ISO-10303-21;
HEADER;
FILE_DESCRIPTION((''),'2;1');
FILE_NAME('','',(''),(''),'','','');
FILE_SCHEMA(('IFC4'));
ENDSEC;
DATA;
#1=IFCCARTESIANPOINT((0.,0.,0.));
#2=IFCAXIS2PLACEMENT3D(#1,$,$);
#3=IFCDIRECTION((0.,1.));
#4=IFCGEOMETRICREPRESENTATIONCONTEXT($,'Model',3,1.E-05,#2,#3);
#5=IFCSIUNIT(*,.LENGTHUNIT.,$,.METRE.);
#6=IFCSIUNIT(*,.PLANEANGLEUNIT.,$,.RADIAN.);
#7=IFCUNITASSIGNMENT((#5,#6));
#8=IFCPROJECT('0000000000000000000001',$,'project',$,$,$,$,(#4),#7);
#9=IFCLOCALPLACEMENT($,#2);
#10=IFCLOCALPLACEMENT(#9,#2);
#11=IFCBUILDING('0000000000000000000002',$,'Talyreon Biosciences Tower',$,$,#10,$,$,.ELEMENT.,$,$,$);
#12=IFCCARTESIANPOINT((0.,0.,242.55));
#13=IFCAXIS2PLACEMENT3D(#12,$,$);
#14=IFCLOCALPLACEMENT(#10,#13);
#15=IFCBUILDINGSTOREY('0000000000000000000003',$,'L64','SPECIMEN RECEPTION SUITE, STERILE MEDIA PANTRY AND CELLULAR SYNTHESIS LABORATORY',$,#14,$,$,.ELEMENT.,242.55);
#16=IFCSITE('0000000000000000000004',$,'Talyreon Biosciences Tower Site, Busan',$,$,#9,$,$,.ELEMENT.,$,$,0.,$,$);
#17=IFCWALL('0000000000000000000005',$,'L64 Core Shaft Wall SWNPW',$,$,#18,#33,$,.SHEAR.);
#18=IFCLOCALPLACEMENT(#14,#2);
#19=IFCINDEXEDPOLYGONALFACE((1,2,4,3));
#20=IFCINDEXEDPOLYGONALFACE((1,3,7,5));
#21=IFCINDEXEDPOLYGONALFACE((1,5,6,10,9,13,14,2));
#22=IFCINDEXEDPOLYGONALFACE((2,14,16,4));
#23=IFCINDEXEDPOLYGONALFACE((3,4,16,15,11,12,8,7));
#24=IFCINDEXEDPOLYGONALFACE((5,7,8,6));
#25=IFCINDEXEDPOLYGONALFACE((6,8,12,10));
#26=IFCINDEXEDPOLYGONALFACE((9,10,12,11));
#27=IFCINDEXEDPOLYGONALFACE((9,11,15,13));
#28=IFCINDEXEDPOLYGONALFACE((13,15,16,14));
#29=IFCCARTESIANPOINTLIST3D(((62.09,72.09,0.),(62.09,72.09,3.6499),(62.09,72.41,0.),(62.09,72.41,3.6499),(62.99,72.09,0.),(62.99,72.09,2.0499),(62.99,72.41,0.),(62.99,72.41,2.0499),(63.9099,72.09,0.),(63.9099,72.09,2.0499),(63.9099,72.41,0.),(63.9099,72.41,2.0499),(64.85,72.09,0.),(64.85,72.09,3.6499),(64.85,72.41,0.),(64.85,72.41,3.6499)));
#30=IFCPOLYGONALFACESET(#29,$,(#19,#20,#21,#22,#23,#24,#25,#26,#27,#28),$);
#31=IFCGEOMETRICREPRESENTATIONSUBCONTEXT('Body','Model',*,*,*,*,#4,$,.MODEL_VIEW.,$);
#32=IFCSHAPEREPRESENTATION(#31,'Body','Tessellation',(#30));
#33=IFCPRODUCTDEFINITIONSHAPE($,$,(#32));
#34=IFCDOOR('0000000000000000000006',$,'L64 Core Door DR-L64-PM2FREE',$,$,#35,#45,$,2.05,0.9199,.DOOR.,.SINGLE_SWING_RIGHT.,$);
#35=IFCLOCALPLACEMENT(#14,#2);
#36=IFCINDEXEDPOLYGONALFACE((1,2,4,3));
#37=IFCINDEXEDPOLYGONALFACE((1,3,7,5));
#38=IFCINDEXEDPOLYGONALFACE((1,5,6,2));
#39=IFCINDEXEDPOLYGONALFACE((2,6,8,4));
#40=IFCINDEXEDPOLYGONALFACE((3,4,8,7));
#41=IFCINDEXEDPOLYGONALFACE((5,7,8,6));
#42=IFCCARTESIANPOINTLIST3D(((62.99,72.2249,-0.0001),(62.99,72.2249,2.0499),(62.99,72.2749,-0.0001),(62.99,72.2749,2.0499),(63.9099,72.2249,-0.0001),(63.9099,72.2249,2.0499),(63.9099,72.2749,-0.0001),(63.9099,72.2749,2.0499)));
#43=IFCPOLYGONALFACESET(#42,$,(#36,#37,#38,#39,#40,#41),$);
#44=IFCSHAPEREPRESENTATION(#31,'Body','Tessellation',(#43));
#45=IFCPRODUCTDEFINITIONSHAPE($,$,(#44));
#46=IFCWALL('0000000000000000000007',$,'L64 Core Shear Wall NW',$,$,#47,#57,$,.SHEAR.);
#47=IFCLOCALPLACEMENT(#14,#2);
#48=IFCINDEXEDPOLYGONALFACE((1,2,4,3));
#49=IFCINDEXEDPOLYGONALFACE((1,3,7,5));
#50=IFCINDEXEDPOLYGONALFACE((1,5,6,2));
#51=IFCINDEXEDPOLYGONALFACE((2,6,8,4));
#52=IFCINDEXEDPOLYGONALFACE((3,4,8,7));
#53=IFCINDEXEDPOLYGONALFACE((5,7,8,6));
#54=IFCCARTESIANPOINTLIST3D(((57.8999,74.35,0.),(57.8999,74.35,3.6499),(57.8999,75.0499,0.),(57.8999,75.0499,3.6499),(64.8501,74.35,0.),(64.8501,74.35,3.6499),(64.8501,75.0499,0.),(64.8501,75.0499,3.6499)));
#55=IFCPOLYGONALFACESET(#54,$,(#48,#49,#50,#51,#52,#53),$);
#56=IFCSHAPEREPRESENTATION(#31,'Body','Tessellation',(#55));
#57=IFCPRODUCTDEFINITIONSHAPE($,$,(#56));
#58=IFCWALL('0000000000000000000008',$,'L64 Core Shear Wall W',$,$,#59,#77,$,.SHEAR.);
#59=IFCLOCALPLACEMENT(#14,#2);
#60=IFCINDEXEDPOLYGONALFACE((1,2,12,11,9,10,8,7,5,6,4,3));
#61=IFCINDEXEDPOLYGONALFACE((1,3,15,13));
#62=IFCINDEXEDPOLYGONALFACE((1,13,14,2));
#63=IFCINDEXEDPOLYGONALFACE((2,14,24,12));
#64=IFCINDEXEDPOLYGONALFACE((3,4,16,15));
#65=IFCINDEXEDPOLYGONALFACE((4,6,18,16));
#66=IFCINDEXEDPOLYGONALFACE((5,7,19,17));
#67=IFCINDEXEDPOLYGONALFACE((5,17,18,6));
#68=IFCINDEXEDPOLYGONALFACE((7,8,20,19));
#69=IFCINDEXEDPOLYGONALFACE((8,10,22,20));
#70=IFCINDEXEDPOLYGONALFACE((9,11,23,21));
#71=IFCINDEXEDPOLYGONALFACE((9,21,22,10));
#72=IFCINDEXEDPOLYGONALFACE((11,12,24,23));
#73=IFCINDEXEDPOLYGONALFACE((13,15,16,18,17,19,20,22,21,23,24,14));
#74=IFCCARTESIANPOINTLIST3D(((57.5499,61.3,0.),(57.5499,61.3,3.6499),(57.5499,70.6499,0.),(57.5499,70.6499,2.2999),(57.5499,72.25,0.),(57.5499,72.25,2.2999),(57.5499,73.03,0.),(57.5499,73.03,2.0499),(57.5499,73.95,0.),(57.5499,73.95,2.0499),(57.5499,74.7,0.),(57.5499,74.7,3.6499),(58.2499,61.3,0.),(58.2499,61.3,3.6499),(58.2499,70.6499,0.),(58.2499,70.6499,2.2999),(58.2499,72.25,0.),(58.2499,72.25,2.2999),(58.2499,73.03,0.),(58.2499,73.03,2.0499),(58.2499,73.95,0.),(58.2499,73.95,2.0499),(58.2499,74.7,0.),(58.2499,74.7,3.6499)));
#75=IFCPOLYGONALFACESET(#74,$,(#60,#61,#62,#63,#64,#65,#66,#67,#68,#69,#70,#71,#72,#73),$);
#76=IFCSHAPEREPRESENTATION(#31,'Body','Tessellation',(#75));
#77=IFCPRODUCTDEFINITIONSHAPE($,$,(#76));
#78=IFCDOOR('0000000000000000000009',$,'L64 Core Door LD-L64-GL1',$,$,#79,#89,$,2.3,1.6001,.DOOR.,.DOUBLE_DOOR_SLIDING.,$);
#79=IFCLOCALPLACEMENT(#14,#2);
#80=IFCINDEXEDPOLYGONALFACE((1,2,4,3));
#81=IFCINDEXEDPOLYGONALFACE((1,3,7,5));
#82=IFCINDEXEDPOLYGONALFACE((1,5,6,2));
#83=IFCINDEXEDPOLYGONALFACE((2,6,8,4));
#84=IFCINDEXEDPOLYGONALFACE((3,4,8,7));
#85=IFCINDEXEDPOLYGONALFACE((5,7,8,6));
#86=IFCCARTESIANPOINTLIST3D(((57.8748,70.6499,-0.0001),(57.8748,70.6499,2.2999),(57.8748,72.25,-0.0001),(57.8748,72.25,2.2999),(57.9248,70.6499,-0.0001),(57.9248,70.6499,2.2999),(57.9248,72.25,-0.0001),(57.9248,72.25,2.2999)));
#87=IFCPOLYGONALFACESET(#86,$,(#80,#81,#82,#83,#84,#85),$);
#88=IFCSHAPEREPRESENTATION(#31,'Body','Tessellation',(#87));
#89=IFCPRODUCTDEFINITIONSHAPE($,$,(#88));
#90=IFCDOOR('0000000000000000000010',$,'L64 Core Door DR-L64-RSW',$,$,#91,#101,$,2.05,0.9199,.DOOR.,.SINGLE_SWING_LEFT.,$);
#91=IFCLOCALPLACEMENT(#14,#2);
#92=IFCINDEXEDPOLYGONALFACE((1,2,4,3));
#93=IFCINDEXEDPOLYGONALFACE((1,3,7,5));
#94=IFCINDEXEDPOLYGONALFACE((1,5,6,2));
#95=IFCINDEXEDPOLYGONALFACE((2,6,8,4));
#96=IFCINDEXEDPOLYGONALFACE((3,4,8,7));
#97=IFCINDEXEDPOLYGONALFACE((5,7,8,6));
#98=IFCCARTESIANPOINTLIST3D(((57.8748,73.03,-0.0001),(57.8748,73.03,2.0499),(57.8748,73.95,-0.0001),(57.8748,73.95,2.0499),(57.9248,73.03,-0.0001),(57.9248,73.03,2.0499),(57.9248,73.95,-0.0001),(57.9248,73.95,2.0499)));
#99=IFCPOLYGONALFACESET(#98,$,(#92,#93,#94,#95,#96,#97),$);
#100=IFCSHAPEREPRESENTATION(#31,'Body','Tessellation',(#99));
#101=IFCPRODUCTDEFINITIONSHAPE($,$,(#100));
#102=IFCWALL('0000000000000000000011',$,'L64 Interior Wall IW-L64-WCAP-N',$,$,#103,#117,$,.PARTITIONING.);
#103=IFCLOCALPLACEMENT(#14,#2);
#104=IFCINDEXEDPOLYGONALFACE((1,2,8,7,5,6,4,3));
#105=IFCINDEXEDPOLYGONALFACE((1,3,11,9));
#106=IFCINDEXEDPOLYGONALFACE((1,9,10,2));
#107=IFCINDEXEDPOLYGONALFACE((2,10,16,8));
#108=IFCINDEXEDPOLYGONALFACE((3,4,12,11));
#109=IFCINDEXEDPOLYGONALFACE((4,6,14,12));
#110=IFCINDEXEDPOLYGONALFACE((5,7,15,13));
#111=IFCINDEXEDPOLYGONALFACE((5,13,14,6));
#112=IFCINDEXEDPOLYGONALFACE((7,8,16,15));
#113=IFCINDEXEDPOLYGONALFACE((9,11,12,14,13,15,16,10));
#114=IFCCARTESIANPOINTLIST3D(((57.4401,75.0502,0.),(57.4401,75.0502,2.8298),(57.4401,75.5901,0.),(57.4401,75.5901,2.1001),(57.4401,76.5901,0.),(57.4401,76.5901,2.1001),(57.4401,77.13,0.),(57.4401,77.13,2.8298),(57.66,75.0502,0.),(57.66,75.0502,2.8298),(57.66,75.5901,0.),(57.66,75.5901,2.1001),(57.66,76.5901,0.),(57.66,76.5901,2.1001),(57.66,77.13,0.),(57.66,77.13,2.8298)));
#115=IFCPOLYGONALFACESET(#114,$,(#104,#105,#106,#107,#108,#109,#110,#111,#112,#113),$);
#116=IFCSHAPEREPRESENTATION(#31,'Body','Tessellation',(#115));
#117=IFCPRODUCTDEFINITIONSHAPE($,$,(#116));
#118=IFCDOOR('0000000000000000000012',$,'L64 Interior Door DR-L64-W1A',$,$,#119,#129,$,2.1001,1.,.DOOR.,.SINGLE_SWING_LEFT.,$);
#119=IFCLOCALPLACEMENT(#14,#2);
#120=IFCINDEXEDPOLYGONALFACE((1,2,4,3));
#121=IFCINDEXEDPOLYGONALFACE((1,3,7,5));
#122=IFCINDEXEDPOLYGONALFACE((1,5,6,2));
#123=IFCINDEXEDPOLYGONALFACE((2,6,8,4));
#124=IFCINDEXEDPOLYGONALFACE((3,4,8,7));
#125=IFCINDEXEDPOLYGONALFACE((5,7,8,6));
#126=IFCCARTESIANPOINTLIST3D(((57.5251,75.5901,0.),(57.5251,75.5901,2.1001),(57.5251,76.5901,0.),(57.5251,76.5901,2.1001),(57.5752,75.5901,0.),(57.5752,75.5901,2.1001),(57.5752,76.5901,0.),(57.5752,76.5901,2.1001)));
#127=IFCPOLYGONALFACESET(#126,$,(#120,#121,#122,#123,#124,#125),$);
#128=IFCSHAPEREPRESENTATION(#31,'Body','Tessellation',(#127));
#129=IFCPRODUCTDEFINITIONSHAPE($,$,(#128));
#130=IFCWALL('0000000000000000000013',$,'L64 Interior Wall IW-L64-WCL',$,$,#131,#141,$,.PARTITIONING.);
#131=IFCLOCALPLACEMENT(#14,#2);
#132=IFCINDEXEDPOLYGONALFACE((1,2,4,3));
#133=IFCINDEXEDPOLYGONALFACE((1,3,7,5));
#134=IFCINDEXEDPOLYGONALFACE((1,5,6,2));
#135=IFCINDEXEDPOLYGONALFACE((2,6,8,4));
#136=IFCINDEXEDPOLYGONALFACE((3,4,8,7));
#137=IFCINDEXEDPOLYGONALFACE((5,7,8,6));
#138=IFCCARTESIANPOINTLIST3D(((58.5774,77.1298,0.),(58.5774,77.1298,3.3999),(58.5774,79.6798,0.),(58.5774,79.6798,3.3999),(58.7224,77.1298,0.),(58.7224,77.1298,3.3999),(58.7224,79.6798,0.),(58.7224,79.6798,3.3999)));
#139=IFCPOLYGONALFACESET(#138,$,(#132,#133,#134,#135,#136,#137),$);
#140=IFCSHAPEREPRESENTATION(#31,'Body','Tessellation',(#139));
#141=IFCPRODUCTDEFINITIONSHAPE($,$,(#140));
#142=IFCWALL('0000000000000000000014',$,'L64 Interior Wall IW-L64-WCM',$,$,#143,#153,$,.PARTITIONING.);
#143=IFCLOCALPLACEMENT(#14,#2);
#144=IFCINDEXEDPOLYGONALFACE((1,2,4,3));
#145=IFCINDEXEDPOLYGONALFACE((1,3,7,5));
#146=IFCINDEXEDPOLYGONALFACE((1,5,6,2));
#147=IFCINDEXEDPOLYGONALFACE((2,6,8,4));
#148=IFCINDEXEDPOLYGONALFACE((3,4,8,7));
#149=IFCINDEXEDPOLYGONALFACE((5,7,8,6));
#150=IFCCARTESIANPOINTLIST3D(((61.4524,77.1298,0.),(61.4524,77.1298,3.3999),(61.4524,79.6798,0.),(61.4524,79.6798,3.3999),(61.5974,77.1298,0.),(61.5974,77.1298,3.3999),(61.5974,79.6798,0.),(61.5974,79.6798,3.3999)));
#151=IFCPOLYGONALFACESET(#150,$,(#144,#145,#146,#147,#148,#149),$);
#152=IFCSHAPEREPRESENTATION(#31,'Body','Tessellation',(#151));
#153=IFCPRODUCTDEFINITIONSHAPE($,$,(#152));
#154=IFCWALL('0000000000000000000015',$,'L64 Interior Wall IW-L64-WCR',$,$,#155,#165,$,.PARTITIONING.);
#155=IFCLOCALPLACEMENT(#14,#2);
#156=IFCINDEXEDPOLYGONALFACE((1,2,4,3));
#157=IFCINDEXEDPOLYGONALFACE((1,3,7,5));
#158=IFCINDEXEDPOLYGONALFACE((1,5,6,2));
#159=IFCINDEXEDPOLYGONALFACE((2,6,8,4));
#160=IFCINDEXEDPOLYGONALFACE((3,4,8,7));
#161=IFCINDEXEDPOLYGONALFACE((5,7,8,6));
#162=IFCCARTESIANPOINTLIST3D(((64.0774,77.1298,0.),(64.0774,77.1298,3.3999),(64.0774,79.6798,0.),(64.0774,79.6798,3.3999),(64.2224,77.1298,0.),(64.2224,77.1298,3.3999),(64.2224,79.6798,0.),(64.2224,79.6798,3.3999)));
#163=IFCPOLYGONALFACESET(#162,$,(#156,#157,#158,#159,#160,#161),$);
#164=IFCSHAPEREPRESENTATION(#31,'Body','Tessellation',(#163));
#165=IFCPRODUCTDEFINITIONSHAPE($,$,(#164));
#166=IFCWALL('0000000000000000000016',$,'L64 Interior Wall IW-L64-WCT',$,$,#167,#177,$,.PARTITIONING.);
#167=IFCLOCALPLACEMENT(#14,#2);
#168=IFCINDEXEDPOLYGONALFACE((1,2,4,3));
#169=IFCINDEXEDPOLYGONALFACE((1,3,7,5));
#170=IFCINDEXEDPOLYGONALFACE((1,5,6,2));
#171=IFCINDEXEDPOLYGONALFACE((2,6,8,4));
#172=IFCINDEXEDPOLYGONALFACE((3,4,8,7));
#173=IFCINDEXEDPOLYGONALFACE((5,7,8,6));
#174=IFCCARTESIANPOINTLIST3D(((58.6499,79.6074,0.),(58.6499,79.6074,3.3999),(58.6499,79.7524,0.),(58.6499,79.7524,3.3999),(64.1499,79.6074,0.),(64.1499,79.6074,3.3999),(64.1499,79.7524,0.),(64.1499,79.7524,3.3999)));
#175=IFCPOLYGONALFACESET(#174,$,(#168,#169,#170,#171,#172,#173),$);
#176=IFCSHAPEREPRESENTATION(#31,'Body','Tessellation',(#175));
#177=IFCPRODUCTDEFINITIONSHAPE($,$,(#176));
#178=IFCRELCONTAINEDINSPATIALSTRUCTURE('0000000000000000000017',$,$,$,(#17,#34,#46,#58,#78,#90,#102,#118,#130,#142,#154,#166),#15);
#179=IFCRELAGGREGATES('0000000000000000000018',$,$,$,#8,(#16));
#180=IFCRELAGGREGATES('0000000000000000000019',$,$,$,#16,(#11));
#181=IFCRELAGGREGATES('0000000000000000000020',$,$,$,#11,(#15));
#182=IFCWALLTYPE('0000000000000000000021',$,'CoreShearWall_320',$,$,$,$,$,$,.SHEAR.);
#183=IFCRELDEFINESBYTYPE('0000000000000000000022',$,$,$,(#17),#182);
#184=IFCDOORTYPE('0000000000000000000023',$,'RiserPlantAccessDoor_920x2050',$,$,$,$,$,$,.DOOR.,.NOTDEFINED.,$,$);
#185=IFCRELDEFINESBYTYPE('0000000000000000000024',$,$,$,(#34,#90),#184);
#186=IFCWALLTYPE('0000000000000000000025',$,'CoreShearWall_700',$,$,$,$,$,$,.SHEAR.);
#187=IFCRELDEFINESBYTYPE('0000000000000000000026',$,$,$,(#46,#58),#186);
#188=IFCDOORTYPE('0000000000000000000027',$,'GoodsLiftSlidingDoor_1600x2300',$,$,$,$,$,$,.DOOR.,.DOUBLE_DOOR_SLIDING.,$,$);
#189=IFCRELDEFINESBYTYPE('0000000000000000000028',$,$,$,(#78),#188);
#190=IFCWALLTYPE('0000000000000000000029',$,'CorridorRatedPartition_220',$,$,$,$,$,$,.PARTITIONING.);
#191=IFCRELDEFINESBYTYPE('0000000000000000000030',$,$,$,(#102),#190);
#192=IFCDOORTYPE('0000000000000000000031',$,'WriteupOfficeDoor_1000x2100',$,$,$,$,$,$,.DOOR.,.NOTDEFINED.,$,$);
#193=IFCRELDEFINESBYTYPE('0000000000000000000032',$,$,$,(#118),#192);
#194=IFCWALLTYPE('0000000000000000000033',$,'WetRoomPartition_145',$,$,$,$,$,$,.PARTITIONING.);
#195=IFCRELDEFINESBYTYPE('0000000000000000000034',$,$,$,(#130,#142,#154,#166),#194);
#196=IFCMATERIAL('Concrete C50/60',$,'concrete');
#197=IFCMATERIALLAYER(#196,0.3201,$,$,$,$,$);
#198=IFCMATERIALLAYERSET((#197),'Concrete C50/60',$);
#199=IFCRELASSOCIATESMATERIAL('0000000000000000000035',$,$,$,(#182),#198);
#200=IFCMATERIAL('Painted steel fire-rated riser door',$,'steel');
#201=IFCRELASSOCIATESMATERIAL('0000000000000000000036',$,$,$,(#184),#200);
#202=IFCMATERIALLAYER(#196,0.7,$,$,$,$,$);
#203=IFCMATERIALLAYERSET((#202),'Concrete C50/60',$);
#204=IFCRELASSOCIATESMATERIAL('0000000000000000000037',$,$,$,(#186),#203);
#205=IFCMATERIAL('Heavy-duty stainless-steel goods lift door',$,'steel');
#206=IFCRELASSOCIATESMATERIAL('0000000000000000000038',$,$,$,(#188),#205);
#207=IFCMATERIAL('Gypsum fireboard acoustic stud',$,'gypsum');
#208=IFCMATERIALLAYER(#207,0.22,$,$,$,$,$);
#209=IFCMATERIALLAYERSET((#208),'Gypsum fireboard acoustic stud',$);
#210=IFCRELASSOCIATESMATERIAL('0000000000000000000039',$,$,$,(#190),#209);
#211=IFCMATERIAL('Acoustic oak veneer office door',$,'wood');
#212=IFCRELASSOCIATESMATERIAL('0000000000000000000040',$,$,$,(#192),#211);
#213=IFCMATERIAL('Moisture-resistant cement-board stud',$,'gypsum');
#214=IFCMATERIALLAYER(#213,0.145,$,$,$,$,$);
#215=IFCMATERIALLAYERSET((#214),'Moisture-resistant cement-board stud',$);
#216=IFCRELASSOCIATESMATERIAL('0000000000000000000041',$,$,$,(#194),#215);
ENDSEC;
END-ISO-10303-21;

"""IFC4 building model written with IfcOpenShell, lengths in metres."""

from ifc_helpers import new_model, si_unit, direction, frame, frame_2d, origin, place, context, subcontext, project, spatial, rectangle, extrude, material, layer, layer_set, type_object, element, fill, save


model = new_model("IFC4")

# Units and contexts
model_context = context("Model", 3, precision=1e-05, world=origin(), true_north=direction((0.0, 1.0)))
body_context = subcontext(model_context, "Body", "Model", "MODEL_VIEW")
ifc_project = project(units=[si_unit("LENGTHUNIT", "METRE"), si_unit("PLANEANGLEUNIT", "RADIAN")], contexts=[model_context])

# Site, building, storey
site_placement = place(None, origin())
site = spatial("IfcSite", under=ifc_project, at=site_placement, Name="Talyreon Biosciences Tower Site, Busan", CompositionType="ELEMENT", RefElevation=0.0)
building_placement = place(site_placement, origin())
building = spatial("IfcBuilding", under=site, at=building_placement, Name="Talyreon Biosciences Tower", CompositionType="ELEMENT")
storey_placement = place(building_placement, frame((0.0, 0.0, 242.55)))
storey = spatial("IfcBuildingStorey", under=building, at=storey_placement, Name="L64", Description="SPECIMEN RECEPTION SUITE, STERILE MEDIA PANTRY AND CELLULAR SYNTHESIS LABORATORY", CompositionType="ELEMENT", Elevation=242.55)

# Shared definitions
ifc_material_1 = material(Name="Concrete C50/60", Category="concrete")

# Shared definitions
ifc_layer_1 = layer(ifc_material_1, 0.3201)
ifc_layer_set_1 = layer_set([ifc_layer_1], Name="Concrete C50/60")
wall_type_1 = type_object("IfcWallType", Name="CoreShearWall_320", PredefinedType="SHEAR", material=ifc_layer_set_1)

# Wall, opening, door
wall_1_placement = place(storey_placement, frame((62.0901, 72.25, 0.0), z_axis=(0.0, 0.0, 1.0), x_axis=(1.0, 0.0, 0.0)))
wall_1 = element("IfcWall", 1, at=wall_1_placement, inside=storey, type_object=wall_type_1, Name="L64 Core Shaft Wall SWNPW", PredefinedType="SHEAR", context=body_context, shape_type="SweptSolid", body=[
    extrude(rectangle(XDim=2.76, YDim=0.3201, at=frame_2d((1.3799, 0.0))), origin(), (0.0, 0.0, 1.0), 3.6499),
])
opening_1_placement = place(wall_1_placement, frame((0.8999, 0.0, 0.0)))
opening_1 = element("IfcOpeningElement", 2, at=opening_1_placement, cuts=wall_1, PredefinedType="OPENING", context=body_context, shape_type="SweptSolid", body=[
    extrude(rectangle(XDim=0.9199, YDim=2.05, at=frame_2d((0.46, 1.0249))), frame((0.0, 0.1699, 0.0), z_axis=(0.0, -1.0, 0.0), x_axis=(1.0, 0.0, 0.0)), (0.0, 0.0, 1.0), 0.3401),
])
ifc_material_2 = material(Name="Painted steel fire-rated riser door", Category="steel")
door_type_1 = type_object("IfcDoorType", Name="RiserPlantAccessDoor_920x2050", OperationType="NOTDEFINED", PredefinedType="DOOR", material=ifc_material_2)
door_1_placement = place(opening_1_placement, origin())
door_1 = element("IfcDoor", 3, at=door_1_placement, inside=storey, type_object=door_type_1, Name="L64 Core Door DR-L64-PM2FREE", OperationType="SINGLE_SWING_RIGHT", OverallHeight=2.05, OverallWidth=0.9199, PredefinedType="DOOR", context=body_context, shape_type="SweptSolid", body=[
    extrude(rectangle(XDim=0.9199, YDim=2.05, at=frame_2d((0.46, 1.0249))), frame((0.0, 0.0249, 0.0), z_axis=(0.0, -1.0, 0.0), x_axis=(1.0, 0.0, 0.0)), (0.0, 0.0, 1.0), 0.05),
])
fill(opening_1, door_1)

# Wall
ifc_layer_2 = layer(ifc_material_1, 0.7)
ifc_layer_set_2 = layer_set([ifc_layer_2], Name="Concrete C50/60")
wall_type_2 = type_object("IfcWallType", Name="CoreShearWall_700", PredefinedType="SHEAR", material=ifc_layer_set_2)
wall_2_placement = place(storey_placement, frame((64.8501, 74.7, 0.0), z_axis=(0.0, 0.0, 1.0), x_axis=(-1.0, 0.0, 0.0)))
element("IfcWall", 4, at=wall_2_placement, inside=storey, type_object=wall_type_2, Name="L64 Core Shear Wall NW", PredefinedType="SHEAR", context=body_context, shape_type="SweptSolid", body=[
    extrude(rectangle(XDim=6.9502, YDim=0.7, at=frame_2d((3.4751, 0.0))), origin(), (0.0, 0.0, 1.0), 3.6499),
])

# Wall, openings, doors
wall_3_placement = place(storey_placement, frame((57.8999, 74.7, 0.0), z_axis=(0.0, 0.0, 1.0), x_axis=(0.0, -1.0, 0.0)))
wall_3 = element("IfcWall", 5, at=wall_3_placement, inside=storey, type_object=wall_type_2, Name="L64 Core Shear Wall W", PredefinedType="SHEAR", context=body_context, shape_type="SweptSolid", body=[
    extrude(rectangle(XDim=13.3999, YDim=0.7, at=frame_2d((6.7, 0.0))), origin(), (0.0, 0.0, 1.0), 3.6499),
])
opening_2_placement = place(wall_3_placement, frame((0.75, 0.0, 0.0)))
opening_2 = element("IfcOpeningElement", 6, at=opening_2_placement, cuts=wall_3, PredefinedType="OPENING", context=body_context, shape_type="SweptSolid", body=[
    extrude(rectangle(XDim=0.9199, YDim=2.05, at=frame_2d((0.46, 1.0249))), frame((0.0, 0.3599, 0.0), z_axis=(0.0, -1.0, 0.0), x_axis=(1.0, 0.0, 0.0)), (0.0, 0.0, 1.0), 0.72),
])
opening_3_placement = place(wall_3_placement, frame((2.45, 0.0, 0.0)))
opening_3 = element("IfcOpeningElement", 7, at=opening_3_placement, cuts=wall_3, PredefinedType="OPENING", context=body_context, shape_type="SweptSolid", body=[
    extrude(rectangle(XDim=1.6001, YDim=2.3, at=frame_2d((0.8, 1.1499))), frame((0.0, 0.3599, 0.0), z_axis=(0.0, -1.0, 0.0), x_axis=(1.0, 0.0, 0.0)), (0.0, 0.0, 1.0), 0.72),
])
ifc_material_3 = material(Name="Heavy-duty stainless-steel goods lift door", Category="steel")
door_type_2 = type_object("IfcDoorType", Name="GoodsLiftSlidingDoor_1600x2300", OperationType="DOUBLE_DOOR_SLIDING", PredefinedType="DOOR", material=ifc_material_3)
door_2_placement = place(opening_3_placement, origin())
door_2 = element("IfcDoor", 8, at=door_2_placement, inside=storey, type_object=door_type_2, Name="L64 Core Door LD-L64-GL1", OperationType="DOUBLE_DOOR_SLIDING", OverallHeight=2.3, OverallWidth=1.6001, PredefinedType="DOOR", context=body_context, shape_type="SweptSolid", body=[
    extrude(rectangle(XDim=1.6001, YDim=2.3, at=frame_2d((0.8, 1.1499))), frame((0.0, 0.0249, 0.0), z_axis=(0.0, -1.0, 0.0), x_axis=(1.0, 0.0, 0.0)), (0.0, 0.0, 1.0), 0.05),
])
fill(opening_3, door_2)
door_3_placement = place(opening_2_placement, origin())
door_3 = element("IfcDoor", 9, at=door_3_placement, inside=storey, type_object=door_type_1, Name="L64 Core Door DR-L64-RSW", OperationType="SINGLE_SWING_LEFT", OverallHeight=2.05, OverallWidth=0.9199, PredefinedType="DOOR", context=body_context, shape_type="SweptSolid", body=[
    extrude(rectangle(XDim=0.9199, YDim=2.05, at=frame_2d((0.46, 1.0249))), frame((0.0, 0.0249, 0.0), z_axis=(0.0, -1.0, 0.0), x_axis=(1.0, 0.0, 0.0)), (0.0, 0.0, 1.0), 0.05),
])
fill(opening_2, door_3)

# Wall, opening, door
ifc_material_4 = material(Name="Gypsum fireboard acoustic stud", Category="gypsum")
ifc_layer_3 = layer(ifc_material_4, 0.22)
ifc_layer_set_3 = layer_set([ifc_layer_3], Name="Gypsum fireboard acoustic stud")
wall_type_3 = type_object("IfcWallType", Name="CorridorRatedPartition_220", PredefinedType="PARTITIONING", material=ifc_layer_set_3)
wall_4_placement = place(storey_placement, frame((57.55, 75.05, 0.0), z_axis=(0.0, 0.0, 1.0), x_axis=(0.0, 1.0, 0.0)))
wall_4 = element("IfcWall", 10, at=wall_4_placement, inside=storey, type_object=wall_type_3, Name="L64 Interior Wall IW-L64-WCAP-N", PredefinedType="PARTITIONING", context=body_context, shape_type="SweptSolid", body=[
    extrude(rectangle(XDim=2.0798, YDim=0.22, at=frame_2d((1.04, 0.0))), origin(), (0.0, 0.0, 1.0), 2.8298),
])
opening_4_placement = place(wall_4_placement, frame((0.54, 0.0, 0.0)))
opening_4 = element("IfcOpeningElement", 11, at=opening_4_placement, cuts=wall_4, PredefinedType="OPENING", context=body_context, shape_type="SweptSolid", body=[
    extrude(rectangle(XDim=1.0, YDim=2.1001, at=frame_2d((0.5, 1.05))), frame((0.0, 0.1199, 0.0), z_axis=(0.0, -1.0, 0.0), x_axis=(1.0, 0.0, 0.0)), (0.0, 0.0, 1.0), 0.24),
])
ifc_material_5 = material(Name="Acoustic oak veneer office door", Category="wood")
door_type_3 = type_object("IfcDoorType", Name="WriteupOfficeDoor_1000x2100", OperationType="NOTDEFINED", PredefinedType="DOOR", material=ifc_material_5)
door_4_placement = place(opening_4_placement, origin())
door_4 = element("IfcDoor", 12, at=door_4_placement, inside=storey, type_object=door_type_3, Name="L64 Interior Door DR-L64-W1A", OperationType="SINGLE_SWING_LEFT", OverallHeight=2.1001, OverallWidth=1.0, PredefinedType="DOOR", context=body_context, shape_type="SweptSolid", body=[
    extrude(rectangle(XDim=1.0, YDim=2.1001, at=frame_2d((0.5, 1.05))), frame((0.0, 0.0249, 0.0), z_axis=(0.0, -1.0, 0.0), x_axis=(1.0, 0.0, 0.0)), (0.0, 0.0, 1.0), 0.05),
])
fill(opening_4, door_4)

# Walls
ifc_material_6 = material(Name="Moisture-resistant cement-board stud", Category="gypsum")
ifc_layer_4 = layer(ifc_material_6, 0.145)
ifc_layer_set_4 = layer_set([ifc_layer_4], Name="Moisture-resistant cement-board stud")
wall_type_4 = type_object("IfcWallType", Name="WetRoomPartition_145", PredefinedType="PARTITIONING", material=ifc_layer_set_4)
for number, where, z_axis, x_axis, name in (
    (13, (58.6499, 77.1299, 0.0), (0.0, 0.0, 1.0), (0.0, 1.0, 0.0), "L64 Interior Wall IW-L64-WCL"),
    (14, (61.5249, 77.1299, 0.0), (0.0, 0.0, 1.0), (0.0, 1.0, 0.0), "L64 Interior Wall IW-L64-WCM"),
    (15, (64.1499, 77.1299, 0.0), (0.0, 0.0, 1.0), (0.0, 1.0, 0.0), "L64 Interior Wall IW-L64-WCR"),
):
    element("IfcWall", number, at=place(storey_placement, frame(where, z_axis=z_axis, x_axis=x_axis)), inside=storey, type_object=wall_type_4, Name=name, PredefinedType="PARTITIONING", context=body_context, shape_type="SweptSolid", body=[
        extrude(rectangle(XDim=2.55, YDim=0.145, at=frame_2d((1.2749, 0.0))), origin(), (0.0, 0.0, 1.0), 3.3999),
    ])
wall_5_placement = place(storey_placement, frame((58.6499, 79.6799, 0.0), z_axis=(0.0, 0.0, 1.0), x_axis=(1.0, 0.0, 0.0)))
element("IfcWall", 16, at=wall_5_placement, inside=storey, type_object=wall_type_4, Name="L64 Interior Wall IW-L64-WCT", PredefinedType="PARTITIONING", context=body_context, shape_type="SweptSolid", body=[
    extrude(rectangle(XDim=5.5, YDim=0.145, at=frame_2d((2.75, 0.0))), origin(), (0.0, 0.0, 1.0), 3.3999),
])

save(model, "model.ifc")
